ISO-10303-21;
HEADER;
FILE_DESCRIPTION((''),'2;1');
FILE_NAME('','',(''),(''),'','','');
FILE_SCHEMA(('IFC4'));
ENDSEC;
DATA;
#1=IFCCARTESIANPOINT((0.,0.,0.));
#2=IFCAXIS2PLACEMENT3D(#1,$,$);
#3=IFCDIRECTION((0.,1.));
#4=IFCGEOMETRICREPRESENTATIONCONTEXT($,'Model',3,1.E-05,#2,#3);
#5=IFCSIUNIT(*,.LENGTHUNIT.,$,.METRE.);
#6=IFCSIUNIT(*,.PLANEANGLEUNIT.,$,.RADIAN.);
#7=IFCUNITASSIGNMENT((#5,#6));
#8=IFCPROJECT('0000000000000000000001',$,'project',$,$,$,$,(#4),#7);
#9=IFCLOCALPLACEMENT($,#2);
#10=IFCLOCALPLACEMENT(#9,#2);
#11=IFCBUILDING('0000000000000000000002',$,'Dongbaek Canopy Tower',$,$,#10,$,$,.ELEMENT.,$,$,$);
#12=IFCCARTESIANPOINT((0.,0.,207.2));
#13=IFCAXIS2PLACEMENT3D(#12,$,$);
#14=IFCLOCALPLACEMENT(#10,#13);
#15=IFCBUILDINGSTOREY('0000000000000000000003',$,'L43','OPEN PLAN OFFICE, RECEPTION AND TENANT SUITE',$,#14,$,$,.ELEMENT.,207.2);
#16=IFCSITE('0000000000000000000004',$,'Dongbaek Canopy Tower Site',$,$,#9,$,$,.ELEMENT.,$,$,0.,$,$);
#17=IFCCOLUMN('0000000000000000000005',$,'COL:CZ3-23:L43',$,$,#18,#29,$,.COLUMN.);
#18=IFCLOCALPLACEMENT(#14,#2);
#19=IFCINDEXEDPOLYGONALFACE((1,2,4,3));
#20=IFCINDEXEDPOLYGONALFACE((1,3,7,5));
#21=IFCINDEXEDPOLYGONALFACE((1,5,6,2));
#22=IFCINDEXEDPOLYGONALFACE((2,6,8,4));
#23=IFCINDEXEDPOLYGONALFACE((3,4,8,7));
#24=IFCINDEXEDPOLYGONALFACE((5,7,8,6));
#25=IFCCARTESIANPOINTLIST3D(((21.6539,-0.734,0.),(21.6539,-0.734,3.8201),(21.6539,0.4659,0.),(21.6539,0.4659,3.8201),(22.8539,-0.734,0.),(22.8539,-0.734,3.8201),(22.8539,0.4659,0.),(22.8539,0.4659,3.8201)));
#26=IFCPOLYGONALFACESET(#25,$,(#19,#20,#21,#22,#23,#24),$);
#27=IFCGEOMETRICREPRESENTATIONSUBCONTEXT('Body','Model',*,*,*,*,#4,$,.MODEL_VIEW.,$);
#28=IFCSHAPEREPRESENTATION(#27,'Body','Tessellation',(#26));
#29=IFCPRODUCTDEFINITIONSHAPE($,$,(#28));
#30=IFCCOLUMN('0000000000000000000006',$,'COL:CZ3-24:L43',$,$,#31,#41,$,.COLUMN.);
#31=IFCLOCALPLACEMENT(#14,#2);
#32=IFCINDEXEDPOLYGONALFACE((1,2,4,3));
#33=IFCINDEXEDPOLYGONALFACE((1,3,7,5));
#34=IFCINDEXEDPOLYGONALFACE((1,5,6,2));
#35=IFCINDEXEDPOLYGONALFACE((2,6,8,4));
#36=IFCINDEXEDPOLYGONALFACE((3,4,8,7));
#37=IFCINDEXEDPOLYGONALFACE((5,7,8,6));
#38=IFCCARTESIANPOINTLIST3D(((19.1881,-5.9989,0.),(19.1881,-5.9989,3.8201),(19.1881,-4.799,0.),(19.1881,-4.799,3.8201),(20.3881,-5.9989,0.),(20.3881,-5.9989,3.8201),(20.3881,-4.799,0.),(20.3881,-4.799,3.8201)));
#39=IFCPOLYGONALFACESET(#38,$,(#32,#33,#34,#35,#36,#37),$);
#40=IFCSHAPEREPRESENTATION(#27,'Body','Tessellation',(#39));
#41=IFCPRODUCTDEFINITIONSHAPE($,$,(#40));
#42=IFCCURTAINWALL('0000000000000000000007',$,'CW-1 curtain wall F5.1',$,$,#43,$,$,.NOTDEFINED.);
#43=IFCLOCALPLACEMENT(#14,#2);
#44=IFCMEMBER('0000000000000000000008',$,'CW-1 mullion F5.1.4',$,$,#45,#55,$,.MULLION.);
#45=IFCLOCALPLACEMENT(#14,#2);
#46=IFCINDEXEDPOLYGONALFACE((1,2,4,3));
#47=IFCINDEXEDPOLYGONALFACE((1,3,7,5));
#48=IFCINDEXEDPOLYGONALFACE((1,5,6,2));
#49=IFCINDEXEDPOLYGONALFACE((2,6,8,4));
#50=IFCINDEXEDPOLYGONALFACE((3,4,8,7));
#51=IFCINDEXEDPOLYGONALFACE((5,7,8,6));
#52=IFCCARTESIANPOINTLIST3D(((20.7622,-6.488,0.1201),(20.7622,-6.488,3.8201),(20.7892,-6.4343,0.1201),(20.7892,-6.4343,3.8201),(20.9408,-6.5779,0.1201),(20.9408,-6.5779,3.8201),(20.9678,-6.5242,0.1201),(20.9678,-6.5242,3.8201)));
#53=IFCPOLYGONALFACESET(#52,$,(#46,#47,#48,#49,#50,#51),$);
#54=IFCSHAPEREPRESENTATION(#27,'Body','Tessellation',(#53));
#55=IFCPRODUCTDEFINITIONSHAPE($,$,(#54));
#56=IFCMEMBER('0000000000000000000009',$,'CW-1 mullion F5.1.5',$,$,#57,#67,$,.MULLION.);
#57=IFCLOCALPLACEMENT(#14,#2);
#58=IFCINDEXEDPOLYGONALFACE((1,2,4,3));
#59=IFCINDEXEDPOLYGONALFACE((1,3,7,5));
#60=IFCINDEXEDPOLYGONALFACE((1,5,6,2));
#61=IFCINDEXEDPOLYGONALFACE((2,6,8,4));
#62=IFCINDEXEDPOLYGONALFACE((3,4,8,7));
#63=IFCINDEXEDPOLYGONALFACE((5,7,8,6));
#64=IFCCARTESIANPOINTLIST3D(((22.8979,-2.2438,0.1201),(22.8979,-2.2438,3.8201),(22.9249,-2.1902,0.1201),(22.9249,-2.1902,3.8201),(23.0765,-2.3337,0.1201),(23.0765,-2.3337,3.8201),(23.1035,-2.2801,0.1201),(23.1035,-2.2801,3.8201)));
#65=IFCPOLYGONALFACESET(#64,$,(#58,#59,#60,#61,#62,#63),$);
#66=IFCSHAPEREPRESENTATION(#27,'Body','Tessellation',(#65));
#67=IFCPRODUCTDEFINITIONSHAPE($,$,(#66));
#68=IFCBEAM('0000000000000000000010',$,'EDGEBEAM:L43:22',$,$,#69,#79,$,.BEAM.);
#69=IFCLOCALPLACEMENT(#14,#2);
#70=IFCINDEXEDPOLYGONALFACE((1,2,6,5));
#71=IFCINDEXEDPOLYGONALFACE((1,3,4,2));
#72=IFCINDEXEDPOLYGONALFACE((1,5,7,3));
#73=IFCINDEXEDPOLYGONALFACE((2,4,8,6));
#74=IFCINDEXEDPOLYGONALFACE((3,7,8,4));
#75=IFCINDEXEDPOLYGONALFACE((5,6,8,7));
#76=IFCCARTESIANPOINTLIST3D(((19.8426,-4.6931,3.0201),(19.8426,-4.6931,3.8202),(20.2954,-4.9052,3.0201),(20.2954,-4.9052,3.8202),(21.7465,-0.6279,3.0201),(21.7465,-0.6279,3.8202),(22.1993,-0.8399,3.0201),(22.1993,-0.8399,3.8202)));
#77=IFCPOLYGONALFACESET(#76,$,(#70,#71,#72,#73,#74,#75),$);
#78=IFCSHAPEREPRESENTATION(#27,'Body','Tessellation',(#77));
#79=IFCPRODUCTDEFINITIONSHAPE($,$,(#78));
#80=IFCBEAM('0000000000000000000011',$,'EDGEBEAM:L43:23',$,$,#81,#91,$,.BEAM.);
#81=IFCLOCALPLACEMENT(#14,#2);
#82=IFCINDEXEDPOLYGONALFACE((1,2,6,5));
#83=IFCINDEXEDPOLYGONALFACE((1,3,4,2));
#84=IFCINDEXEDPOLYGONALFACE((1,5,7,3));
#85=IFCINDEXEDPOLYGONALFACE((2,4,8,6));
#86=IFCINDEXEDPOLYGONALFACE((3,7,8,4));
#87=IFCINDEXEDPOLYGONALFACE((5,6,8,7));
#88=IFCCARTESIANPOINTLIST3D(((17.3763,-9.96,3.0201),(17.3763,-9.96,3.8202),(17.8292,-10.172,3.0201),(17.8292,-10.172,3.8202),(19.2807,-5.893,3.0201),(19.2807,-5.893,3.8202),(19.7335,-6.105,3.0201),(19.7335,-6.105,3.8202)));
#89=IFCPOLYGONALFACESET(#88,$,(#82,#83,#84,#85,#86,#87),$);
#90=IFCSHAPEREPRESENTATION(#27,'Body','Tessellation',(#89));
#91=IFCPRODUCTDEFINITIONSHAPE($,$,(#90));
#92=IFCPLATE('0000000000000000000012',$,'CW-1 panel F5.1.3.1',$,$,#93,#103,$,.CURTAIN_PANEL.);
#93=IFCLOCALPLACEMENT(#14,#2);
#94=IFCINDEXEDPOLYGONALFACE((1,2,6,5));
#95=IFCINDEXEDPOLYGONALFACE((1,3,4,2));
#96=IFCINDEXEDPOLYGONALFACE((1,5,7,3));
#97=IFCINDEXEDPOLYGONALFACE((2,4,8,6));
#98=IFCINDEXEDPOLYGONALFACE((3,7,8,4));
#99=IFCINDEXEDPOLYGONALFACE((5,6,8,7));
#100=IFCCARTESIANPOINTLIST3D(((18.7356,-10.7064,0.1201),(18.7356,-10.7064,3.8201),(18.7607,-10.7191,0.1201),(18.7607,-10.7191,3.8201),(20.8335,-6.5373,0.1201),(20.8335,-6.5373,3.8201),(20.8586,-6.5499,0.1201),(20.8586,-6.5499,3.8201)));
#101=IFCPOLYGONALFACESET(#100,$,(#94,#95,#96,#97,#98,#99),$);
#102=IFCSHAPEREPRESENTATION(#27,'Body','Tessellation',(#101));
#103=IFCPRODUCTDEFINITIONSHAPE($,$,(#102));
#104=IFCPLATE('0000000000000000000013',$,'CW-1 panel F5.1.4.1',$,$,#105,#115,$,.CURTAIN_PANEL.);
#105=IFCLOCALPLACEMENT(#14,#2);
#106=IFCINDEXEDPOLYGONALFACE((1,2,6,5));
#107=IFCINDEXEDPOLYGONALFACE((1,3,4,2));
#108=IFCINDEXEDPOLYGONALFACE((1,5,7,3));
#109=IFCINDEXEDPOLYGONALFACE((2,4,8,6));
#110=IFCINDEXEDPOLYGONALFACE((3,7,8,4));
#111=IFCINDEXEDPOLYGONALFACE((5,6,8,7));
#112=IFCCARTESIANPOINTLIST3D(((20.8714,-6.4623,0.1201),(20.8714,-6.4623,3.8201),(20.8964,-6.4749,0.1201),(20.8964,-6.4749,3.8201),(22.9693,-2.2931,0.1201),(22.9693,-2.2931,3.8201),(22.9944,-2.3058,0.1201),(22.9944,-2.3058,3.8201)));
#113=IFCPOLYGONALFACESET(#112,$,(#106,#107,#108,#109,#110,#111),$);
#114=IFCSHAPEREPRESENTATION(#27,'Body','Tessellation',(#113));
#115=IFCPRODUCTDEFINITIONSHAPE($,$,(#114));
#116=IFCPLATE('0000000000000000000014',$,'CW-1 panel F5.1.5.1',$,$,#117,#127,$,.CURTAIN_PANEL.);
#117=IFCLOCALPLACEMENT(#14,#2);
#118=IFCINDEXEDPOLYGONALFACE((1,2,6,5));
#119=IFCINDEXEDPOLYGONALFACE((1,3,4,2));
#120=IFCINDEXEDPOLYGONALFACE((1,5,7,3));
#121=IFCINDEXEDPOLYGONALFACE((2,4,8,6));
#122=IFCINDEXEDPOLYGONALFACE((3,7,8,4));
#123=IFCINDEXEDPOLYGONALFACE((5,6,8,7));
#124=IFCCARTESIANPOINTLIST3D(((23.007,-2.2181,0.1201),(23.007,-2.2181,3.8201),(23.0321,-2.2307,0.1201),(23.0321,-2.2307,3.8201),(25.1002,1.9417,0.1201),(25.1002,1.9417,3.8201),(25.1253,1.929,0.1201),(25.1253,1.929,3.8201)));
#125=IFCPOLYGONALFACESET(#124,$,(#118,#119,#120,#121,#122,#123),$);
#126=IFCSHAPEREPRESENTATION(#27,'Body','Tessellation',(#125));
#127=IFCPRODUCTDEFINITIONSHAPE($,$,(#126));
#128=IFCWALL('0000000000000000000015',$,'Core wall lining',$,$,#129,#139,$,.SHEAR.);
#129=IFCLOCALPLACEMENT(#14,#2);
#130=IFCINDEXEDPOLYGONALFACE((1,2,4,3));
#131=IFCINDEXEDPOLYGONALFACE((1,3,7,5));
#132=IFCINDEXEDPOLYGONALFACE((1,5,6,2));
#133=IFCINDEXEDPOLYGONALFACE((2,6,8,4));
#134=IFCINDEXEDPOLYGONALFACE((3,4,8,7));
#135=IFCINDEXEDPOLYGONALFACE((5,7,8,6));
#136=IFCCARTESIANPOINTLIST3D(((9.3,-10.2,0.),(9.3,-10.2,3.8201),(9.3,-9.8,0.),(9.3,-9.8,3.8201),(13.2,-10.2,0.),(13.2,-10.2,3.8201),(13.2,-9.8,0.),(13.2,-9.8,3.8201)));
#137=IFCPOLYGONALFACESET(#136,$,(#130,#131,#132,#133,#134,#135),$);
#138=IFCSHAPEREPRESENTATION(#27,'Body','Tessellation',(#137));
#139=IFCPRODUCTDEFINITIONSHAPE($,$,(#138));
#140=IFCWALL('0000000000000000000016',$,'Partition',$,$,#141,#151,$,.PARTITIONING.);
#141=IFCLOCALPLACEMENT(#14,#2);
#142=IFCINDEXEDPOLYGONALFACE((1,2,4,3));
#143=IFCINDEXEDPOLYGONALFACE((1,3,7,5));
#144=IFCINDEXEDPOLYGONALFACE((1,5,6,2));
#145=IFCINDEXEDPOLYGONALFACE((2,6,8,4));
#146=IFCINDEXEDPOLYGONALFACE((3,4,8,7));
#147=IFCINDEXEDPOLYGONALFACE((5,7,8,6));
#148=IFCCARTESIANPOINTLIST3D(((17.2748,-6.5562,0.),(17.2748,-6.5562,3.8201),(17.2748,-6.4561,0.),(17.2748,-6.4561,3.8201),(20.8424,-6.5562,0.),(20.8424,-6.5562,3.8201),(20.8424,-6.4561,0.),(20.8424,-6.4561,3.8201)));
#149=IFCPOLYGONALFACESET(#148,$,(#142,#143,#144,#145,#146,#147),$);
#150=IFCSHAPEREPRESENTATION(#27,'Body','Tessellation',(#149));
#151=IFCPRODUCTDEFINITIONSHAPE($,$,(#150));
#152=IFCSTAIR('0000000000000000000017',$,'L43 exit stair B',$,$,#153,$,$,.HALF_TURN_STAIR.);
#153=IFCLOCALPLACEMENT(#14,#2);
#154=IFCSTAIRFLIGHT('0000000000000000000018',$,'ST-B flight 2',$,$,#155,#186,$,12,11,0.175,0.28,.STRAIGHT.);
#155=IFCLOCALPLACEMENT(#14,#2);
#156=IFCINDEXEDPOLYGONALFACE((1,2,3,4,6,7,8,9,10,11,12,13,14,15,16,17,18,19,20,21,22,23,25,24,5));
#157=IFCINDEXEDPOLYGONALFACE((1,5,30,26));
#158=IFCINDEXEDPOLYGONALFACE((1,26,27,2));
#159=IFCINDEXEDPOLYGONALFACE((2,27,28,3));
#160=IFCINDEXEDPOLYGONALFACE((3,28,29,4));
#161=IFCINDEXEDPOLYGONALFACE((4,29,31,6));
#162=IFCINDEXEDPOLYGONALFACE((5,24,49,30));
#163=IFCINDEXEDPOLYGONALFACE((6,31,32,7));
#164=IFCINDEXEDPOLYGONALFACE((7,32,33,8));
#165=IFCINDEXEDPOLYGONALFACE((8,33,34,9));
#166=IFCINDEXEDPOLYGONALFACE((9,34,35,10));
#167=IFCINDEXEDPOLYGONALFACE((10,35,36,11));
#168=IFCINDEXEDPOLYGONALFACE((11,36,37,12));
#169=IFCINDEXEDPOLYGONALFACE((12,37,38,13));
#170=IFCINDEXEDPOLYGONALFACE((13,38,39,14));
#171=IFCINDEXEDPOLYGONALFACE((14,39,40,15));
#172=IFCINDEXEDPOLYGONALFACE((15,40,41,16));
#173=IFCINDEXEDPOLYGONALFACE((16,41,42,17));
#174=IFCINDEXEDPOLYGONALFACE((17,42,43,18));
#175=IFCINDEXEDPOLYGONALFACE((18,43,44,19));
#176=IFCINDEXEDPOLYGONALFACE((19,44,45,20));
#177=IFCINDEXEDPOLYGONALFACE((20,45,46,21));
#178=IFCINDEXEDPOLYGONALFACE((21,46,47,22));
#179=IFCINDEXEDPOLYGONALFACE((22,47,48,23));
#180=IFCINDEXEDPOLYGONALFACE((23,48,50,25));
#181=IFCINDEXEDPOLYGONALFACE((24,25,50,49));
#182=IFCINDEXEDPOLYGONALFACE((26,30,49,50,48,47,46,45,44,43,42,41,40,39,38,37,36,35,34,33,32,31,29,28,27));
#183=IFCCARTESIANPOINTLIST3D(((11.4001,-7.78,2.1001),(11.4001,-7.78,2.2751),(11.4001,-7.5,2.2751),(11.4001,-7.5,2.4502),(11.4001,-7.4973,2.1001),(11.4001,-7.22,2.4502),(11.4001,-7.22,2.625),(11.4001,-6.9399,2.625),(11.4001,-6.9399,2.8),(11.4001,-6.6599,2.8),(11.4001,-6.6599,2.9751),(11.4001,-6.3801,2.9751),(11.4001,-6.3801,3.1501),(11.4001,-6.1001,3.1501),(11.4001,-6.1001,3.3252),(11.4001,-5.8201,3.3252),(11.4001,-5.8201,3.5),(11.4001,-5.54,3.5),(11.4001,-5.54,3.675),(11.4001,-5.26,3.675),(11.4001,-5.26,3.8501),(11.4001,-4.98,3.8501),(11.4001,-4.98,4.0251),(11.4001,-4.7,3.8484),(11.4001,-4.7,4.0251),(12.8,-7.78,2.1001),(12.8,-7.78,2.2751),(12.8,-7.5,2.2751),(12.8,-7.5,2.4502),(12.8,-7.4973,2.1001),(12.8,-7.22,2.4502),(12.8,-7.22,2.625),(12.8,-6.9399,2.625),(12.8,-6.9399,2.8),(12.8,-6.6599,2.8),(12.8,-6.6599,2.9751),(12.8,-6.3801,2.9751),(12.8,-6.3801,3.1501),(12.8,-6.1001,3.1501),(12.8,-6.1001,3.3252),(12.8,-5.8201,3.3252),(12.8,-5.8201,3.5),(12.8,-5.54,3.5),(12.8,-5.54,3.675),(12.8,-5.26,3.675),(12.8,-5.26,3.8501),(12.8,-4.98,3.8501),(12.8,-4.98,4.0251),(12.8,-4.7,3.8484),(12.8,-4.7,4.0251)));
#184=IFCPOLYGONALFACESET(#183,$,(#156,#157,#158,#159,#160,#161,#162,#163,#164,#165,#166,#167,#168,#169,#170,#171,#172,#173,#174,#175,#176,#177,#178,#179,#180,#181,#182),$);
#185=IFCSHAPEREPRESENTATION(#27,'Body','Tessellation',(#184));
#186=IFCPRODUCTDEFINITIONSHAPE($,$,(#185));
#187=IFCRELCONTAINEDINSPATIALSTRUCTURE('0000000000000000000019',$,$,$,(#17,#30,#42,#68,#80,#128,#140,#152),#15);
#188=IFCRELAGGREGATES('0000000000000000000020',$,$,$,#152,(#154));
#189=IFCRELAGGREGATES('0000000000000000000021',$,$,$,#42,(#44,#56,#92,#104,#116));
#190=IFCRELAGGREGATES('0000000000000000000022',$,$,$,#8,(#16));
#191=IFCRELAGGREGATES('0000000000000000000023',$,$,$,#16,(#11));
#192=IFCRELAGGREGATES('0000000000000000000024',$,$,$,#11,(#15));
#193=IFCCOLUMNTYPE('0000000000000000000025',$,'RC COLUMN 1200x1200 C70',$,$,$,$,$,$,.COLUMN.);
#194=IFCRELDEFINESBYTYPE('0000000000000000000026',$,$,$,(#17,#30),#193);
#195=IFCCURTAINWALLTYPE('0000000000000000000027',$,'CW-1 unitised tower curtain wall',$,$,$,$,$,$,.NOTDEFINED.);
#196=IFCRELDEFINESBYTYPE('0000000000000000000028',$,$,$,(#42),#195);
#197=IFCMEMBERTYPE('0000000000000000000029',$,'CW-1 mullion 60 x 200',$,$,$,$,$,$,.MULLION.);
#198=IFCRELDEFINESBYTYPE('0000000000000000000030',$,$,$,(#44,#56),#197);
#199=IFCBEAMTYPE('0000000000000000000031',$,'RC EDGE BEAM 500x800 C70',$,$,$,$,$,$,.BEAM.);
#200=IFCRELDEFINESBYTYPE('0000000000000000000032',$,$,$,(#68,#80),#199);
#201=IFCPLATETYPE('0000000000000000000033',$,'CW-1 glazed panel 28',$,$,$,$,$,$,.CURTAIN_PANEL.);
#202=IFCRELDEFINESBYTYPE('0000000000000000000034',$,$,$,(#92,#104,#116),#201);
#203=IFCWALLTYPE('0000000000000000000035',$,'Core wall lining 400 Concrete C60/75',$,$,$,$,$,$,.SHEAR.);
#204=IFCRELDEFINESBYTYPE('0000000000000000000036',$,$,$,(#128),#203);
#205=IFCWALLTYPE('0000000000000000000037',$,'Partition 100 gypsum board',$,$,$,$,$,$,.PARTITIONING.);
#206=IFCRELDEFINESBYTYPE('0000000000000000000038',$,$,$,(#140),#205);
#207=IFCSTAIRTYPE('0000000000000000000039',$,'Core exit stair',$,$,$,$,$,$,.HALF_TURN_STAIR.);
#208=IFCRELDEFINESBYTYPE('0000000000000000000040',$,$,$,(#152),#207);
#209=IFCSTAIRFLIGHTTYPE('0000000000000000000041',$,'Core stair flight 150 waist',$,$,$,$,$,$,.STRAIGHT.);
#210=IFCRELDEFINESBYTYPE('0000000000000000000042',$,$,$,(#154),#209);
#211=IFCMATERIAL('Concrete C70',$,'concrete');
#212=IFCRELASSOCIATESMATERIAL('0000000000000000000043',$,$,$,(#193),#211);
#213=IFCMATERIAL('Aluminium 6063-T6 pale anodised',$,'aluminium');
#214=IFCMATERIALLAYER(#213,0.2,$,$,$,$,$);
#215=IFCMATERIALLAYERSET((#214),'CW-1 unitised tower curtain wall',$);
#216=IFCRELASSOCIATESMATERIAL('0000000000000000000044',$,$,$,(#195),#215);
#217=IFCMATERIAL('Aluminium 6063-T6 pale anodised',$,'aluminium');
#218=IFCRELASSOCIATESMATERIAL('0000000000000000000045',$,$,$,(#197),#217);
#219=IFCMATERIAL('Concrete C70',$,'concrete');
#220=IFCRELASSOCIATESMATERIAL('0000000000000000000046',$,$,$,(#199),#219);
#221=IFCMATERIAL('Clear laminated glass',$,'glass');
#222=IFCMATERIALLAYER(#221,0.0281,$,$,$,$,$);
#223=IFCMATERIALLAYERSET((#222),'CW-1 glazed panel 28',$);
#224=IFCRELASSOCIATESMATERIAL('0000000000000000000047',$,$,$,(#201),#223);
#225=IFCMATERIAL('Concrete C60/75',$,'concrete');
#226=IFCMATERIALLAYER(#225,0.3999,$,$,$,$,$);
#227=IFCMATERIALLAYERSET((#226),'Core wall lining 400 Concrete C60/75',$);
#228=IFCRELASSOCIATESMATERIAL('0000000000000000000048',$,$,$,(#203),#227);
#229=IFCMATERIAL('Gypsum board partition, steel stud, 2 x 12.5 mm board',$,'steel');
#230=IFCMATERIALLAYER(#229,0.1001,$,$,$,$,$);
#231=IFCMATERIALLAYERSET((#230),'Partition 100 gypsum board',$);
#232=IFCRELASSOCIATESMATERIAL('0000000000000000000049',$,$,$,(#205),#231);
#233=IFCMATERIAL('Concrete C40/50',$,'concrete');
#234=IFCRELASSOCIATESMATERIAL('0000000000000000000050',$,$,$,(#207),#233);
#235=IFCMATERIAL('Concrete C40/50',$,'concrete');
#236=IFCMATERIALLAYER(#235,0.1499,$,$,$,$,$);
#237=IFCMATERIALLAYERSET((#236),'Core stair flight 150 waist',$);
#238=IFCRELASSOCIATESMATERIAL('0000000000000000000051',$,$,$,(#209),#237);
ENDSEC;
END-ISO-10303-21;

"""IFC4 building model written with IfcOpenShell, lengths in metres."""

from ifc_helpers import new_model, si_unit, direction, frame, frame_2d, origin, origin_2d, place, context, subcontext, project, spatial, polyline, rectangle, outline, extrude, material, layer, layer_set, material_profile, profile_set, type_object, element, aggregate, save


model = new_model("IFC4")

# Units and contexts
model_context = context("Model", 3, precision=1e-05, world=origin(), true_north=direction((0.0, 1.0)))
body_context = subcontext(model_context, "Body", "Model", "MODEL_VIEW")
ifc_project = project(units=[si_unit("LENGTHUNIT", "METRE"), si_unit("PLANEANGLEUNIT", "RADIAN")], contexts=[model_context])

# Site, building, storey
site_placement = place(None, origin())
site = spatial("IfcSite", under=ifc_project, at=site_placement, Name="Dongbaek Canopy Tower Site", CompositionType="ELEMENT", RefElevation=0.0)
building_placement = place(site_placement, origin())
building = spatial("IfcBuilding", under=site, at=building_placement, Name="Dongbaek Canopy Tower", CompositionType="ELEMENT")
storey_placement = place(building_placement, frame((0.0, 0.0, 207.2)))
storey = spatial("IfcBuildingStorey", under=building, at=storey_placement, Name="L43", Description="OPEN PLAN OFFICE, RECEPTION AND TENANT SUITE", CompositionType="ELEMENT", Elevation=207.2)

# Columns
ifc_material_1 = material(Name="Concrete C70", Category="concrete")
ifc_material_profile_1 = material_profile(ifc_material_1, rectangle(XDim=1.2, YDim=1.2, at=origin_2d()), Name="RC COLUMN 1200x1200 C70")
ifc_profile_set_1 = profile_set([ifc_material_profile_1], Name="Concrete C70")
column_type = type_object("IfcColumnType", Name="RC COLUMN 1200x1200 C70", PredefinedType="COLUMN", material=ifc_profile_set_1)
for number, where, z_axis, x_axis, name in (
    (1, (22.2539, -0.134, 0.0), (0.0, 0.0, 1.0), (1.0, 0.0, 0.0), "COL:CZ3-23:L43"),
    (2, (19.7881, -5.3989, 0.0), (0.0, 0.0, 1.0), (1.0, 0.0, 0.0), "COL:CZ3-24:L43"),
):
    element("IfcColumn", number, at=place(storey_placement, frame(where, z_axis=z_axis, x_axis=x_axis)), inside=storey, type_object=column_type, Name=name, PredefinedType="COLUMN", context=body_context, shape_type="SweptSolid", body=[
        extrude(rectangle(XDim=1.2, YDim=1.2, at=origin_2d()), origin(), (0.0, 0.0, 1.0), 3.8201),
    ])

# Curtain wall, members
ifc_material_2 = material(Name="Aluminium 6063-T6 pale anodised", Category="aluminium")
ifc_layer_1 = layer(ifc_material_2, 0.2)
ifc_layer_set_1 = layer_set([ifc_layer_1], Name="CW-1 unitised tower curtain wall")
curtain_wall_type = type_object("IfcCurtainWallType", Name="CW-1 unitised tower curtain wall", PredefinedType="NOTDEFINED", material=ifc_layer_set_1)
curtain_wall_placement = place(storey_placement, origin())
curtain_wall = element("IfcCurtainWall", 3, at=curtain_wall_placement, inside=storey, type_object=curtain_wall_type, Name="CW-1 curtain wall F5.1", PredefinedType="NOTDEFINED")
ifc_material_3 = material(Name="Aluminium 6063-T6 pale anodised", Category="aluminium")
ifc_material_profile_2 = material_profile(ifc_material_3, rectangle(XDim=0.2, YDim=0.0601, at=origin_2d()), Name="CW-1 mullion 60 x 200")
ifc_profile_set_2 = profile_set([ifc_material_profile_2], Name="Aluminium 6063-T6 pale anodised")
member_type = type_object("IfcMemberType", Name="CW-1 mullion 60 x 200", PredefinedType="MULLION", material=ifc_profile_set_2)
member_1_placement = place(storey_placement, frame((20.865, -6.5061, 0.1201), z_axis=(0.0, 0.0, 1.0), x_axis=(0.893281, -0.449499, 0.0)))
member_1 = element("IfcMember", 4, at=member_1_placement, type_object=member_type, Name="CW-1 mullion F5.1.4", PredefinedType="MULLION", context=body_context, shape_type="SweptSolid", body=[
    extrude(rectangle(XDim=0.2, YDim=0.0601, at=origin_2d()), origin(), (0.0, 0.0, 1.0), 3.7),
])
member_2_placement = place(storey_placement, frame((23.0007, -2.262, 0.1201), z_axis=(0.0, 0.0, 1.0), x_axis=(0.893281, -0.449499, 0.0)))
member_2 = element("IfcMember", 5, at=member_2_placement, type_object=member_type, Name="CW-1 mullion F5.1.5", PredefinedType="MULLION", context=body_context, shape_type="SweptSolid", body=[
    extrude(rectangle(XDim=0.2, YDim=0.0601, at=origin_2d()), origin(), (0.0, 0.0, 1.0), 3.7),
])

# Beams
ifc_material_4 = material(Name="Concrete C70", Category="concrete")
ifc_material_profile_3 = material_profile(ifc_material_4, rectangle(XDim=0.5, YDim=0.8, at=origin_2d()), Name="RC EDGE BEAM 500x800 C70")
ifc_profile_set_3 = profile_set([ifc_material_profile_3], Name="Concrete C70")
beam_type = type_object("IfcBeamType", Name="RC EDGE BEAM 500x800 C70", PredefinedType="BEAM", material=ifc_profile_set_3)
beam_1_placement = place(storey_placement, frame((21.9729, -0.7339, 3.4202), z_axis=(-0.424115, -0.905608, 0.0), x_axis=(0.905608, -0.424115, 0.0)))
element("IfcBeam", 6, at=beam_1_placement, inside=storey, type_object=beam_type, Name="EDGEBEAM:L43:22", PredefinedType="BEAM", context=body_context, shape_type="SweptSolid", body=[
    extrude(rectangle(XDim=0.5, YDim=0.8, at=origin_2d()), origin(), (0.0, 0.0, 1.0), 4.489),
])
beam_2_placement = place(storey_placement, frame((19.5071, -5.999, 3.4202), z_axis=(-0.424058, -0.905635, 0.0), x_axis=(0.905635, -0.424058, 0.0)))
element("IfcBeam", 7, at=beam_2_placement, inside=storey, type_object=beam_type, Name="EDGEBEAM:L43:23", PredefinedType="BEAM", context=body_context, shape_type="SweptSolid", body=[
    extrude(rectangle(XDim=0.5, YDim=0.8, at=origin_2d()), origin(), (0.0, 0.0, 1.0), 4.4907),
])

# Plates
ifc_material_5 = material(Name="Clear laminated glass", Category="glass")
ifc_layer_2 = layer(ifc_material_5, 0.0281)
ifc_layer_set_2 = layer_set([ifc_layer_2], Name="CW-1 glazed panel 28")
plate_type = type_object("IfcPlateType", Name="CW-1 glazed panel 28", PredefinedType="CURTAIN_PANEL", material=ifc_layer_set_2)
plate_1_placement = place(storey_placement, frame((19.7971, -8.6282, 0.1201), z_axis=(0.0, 0.0, 1.0), x_axis=(0.449499, 0.893281, 0.0)))
plate_1 = element("IfcPlate", 8, at=plate_1_placement, type_object=plate_type, Name="CW-1 panel F5.1.3.1", PredefinedType="CURTAIN_PANEL", context=body_context, shape_type="SweptSolid", body=[
    extrude(rectangle(XDim=4.6672, YDim=0.0281, at=origin_2d()), origin(), (0.0, 0.0, 1.0), 3.7),
])
plate_2_placement = place(storey_placement, frame((21.9329, -4.384, 0.1201), z_axis=(0.0, 0.0, 1.0), x_axis=(0.449499, 0.893281, 0.0)))
plate_2 = element("IfcPlate", 9, at=plate_2_placement, type_object=plate_type, Name="CW-1 panel F5.1.4.1", PredefinedType="CURTAIN_PANEL", context=body_context, shape_type="SweptSolid", body=[
    extrude(rectangle(XDim=4.6672, YDim=0.0281, at=origin_2d()), origin(), (0.0, 0.0, 1.0), 3.7),
])
plate_3_placement = place(storey_placement, frame((24.0662, -0.1445, 0.1201), z_axis=(0.0, 0.0, 1.0), x_axis=(0.449499, 0.893281, 0.0)))
plate_3 = element("IfcPlate", 10, at=plate_3_placement, type_object=plate_type, Name="CW-1 panel F5.1.5.1", PredefinedType="CURTAIN_PANEL", context=body_context, shape_type="SweptSolid", body=[
    extrude(rectangle(XDim=4.6567, YDim=0.0281, at=origin_2d()), origin(), (0.0, 0.0, 1.0), 3.7),
])

# Walls
ifc_material_6 = material(Name="Concrete C60/75", Category="concrete")
ifc_layer_3 = layer(ifc_material_6, 0.3999)
ifc_layer_set_3 = layer_set([ifc_layer_3], Name="Core wall lining 400 Concrete C60/75")
wall_type_1 = type_object("IfcWallType", Name="Core wall lining 400 Concrete C60/75", PredefinedType="SHEAR", material=ifc_layer_set_3)
wall_1_placement = place(storey_placement, frame((13.2, -10.0, 0.0), z_axis=(0.0, 0.0, 1.0), x_axis=(-1.0, 0.0, 0.0)))
element("IfcWall", 11, at=wall_1_placement, inside=storey, type_object=wall_type_1, Name="Core wall lining", PredefinedType="SHEAR", context=body_context, shape_type="SweptSolid", body=[
    extrude(rectangle(XDim=3.8999, YDim=0.3999, at=frame_2d((1.95, 0.0))), origin(), (0.0, 0.0, 1.0), 3.8201),
])
ifc_material_7 = material(Name="Gypsum board partition, steel stud, 2 x 12.5 mm board", Category="steel")
ifc_layer_4 = layer(ifc_material_7, 0.1001)
ifc_layer_set_4 = layer_set([ifc_layer_4], Name="Partition 100 gypsum board")
wall_type_2 = type_object("IfcWallType", Name="Partition 100 gypsum board", PredefinedType="PARTITIONING", material=ifc_layer_set_4)
wall_2_placement = place(storey_placement, frame((17.2749, -6.5061, 0.0), z_axis=(0.0, 0.0, 1.0), x_axis=(1.0, 0.0, 0.0)))
element("IfcWall", 12, at=wall_2_placement, inside=storey, type_object=wall_type_2, Name="Partition", PredefinedType="PARTITIONING", context=body_context, shape_type="SweptSolid", body=[
    extrude(rectangle(XDim=3.5676, YDim=0.1001, at=frame_2d((1.7837, 0.0))), origin(), (0.0, 0.0, 1.0), 3.8201),
])

# Stair, stair flight
ifc_material_8 = material(Name="Concrete C40/50", Category="concrete")
stair_type = type_object("IfcStairType", Name="Core exit stair", PredefinedType="HALF_TURN_STAIR", material=ifc_material_8)
stair_placement = place(storey_placement, origin())
stair = element("IfcStair", 13, at=stair_placement, inside=storey, type_object=stair_type, Name="L43 exit stair B", PredefinedType="HALF_TURN_STAIR")
ifc_material_9 = material(Name="Concrete C40/50", Category="concrete")
ifc_layer_5 = layer(ifc_material_9, 0.1499)
ifc_layer_set_5 = layer_set([ifc_layer_5], Name="Core stair flight 150 waist")
stair_flight_type = type_object("IfcStairFlightType", Name="Core stair flight 150 waist", PredefinedType="STRAIGHT", material=ifc_layer_set_5)
stair_flight_placement = place(storey_placement, frame((12.1001, -7.78, 2.1001), z_axis=(0.0, 0.0, 1.0), x_axis=(0.0, 1.0, 0.0)))
stair_flight = element("IfcStairFlight", 14, at=stair_flight_placement, type_object=stair_flight_type, Name="ST-B flight 2", NumberOfRisers=12, NumberOfTreads=11, PredefinedType="STRAIGHT", RiserHeight=0.175, TreadLength=0.28, context=body_context, shape_type="SweptSolid", body=[
    extrude(outline(polyline([(0.0, 0.0), (0.0, 0.175), (0.28, 0.175), (0.28, 0.3501), (0.5601, 0.3501), (0.5601, 0.5249), (0.8401, 0.5249), (0.8401, 0.7), (1.1201, 0.7), (1.1201, 0.875), (1.3999, 0.875), (1.3999, 1.05), (1.6799, 1.05), (1.6799, 1.2251), (1.96, 1.2251), (1.96, 1.3999), (2.24, 1.3999), (2.24, 1.575), (2.52, 1.575), (2.52, 1.75), (2.8, 1.75), (2.8, 1.925), (3.0801, 1.925), (3.0801, 2.1001), (3.0801, 1.7483), (0.2827, 0.0), (0.0, 0.0)])), frame((0.0, 0.7, 0.0), z_axis=(0.0, -1.0, 0.0), x_axis=(1.0, 0.0, 0.0)), (0.0, 0.0, 1.0), 1.3999),
])
aggregate(stair, [stair_flight])

aggregate(curtain_wall, [member_1, member_2, plate_1, plate_2, plate_3])

save(model, "model.ifc")
